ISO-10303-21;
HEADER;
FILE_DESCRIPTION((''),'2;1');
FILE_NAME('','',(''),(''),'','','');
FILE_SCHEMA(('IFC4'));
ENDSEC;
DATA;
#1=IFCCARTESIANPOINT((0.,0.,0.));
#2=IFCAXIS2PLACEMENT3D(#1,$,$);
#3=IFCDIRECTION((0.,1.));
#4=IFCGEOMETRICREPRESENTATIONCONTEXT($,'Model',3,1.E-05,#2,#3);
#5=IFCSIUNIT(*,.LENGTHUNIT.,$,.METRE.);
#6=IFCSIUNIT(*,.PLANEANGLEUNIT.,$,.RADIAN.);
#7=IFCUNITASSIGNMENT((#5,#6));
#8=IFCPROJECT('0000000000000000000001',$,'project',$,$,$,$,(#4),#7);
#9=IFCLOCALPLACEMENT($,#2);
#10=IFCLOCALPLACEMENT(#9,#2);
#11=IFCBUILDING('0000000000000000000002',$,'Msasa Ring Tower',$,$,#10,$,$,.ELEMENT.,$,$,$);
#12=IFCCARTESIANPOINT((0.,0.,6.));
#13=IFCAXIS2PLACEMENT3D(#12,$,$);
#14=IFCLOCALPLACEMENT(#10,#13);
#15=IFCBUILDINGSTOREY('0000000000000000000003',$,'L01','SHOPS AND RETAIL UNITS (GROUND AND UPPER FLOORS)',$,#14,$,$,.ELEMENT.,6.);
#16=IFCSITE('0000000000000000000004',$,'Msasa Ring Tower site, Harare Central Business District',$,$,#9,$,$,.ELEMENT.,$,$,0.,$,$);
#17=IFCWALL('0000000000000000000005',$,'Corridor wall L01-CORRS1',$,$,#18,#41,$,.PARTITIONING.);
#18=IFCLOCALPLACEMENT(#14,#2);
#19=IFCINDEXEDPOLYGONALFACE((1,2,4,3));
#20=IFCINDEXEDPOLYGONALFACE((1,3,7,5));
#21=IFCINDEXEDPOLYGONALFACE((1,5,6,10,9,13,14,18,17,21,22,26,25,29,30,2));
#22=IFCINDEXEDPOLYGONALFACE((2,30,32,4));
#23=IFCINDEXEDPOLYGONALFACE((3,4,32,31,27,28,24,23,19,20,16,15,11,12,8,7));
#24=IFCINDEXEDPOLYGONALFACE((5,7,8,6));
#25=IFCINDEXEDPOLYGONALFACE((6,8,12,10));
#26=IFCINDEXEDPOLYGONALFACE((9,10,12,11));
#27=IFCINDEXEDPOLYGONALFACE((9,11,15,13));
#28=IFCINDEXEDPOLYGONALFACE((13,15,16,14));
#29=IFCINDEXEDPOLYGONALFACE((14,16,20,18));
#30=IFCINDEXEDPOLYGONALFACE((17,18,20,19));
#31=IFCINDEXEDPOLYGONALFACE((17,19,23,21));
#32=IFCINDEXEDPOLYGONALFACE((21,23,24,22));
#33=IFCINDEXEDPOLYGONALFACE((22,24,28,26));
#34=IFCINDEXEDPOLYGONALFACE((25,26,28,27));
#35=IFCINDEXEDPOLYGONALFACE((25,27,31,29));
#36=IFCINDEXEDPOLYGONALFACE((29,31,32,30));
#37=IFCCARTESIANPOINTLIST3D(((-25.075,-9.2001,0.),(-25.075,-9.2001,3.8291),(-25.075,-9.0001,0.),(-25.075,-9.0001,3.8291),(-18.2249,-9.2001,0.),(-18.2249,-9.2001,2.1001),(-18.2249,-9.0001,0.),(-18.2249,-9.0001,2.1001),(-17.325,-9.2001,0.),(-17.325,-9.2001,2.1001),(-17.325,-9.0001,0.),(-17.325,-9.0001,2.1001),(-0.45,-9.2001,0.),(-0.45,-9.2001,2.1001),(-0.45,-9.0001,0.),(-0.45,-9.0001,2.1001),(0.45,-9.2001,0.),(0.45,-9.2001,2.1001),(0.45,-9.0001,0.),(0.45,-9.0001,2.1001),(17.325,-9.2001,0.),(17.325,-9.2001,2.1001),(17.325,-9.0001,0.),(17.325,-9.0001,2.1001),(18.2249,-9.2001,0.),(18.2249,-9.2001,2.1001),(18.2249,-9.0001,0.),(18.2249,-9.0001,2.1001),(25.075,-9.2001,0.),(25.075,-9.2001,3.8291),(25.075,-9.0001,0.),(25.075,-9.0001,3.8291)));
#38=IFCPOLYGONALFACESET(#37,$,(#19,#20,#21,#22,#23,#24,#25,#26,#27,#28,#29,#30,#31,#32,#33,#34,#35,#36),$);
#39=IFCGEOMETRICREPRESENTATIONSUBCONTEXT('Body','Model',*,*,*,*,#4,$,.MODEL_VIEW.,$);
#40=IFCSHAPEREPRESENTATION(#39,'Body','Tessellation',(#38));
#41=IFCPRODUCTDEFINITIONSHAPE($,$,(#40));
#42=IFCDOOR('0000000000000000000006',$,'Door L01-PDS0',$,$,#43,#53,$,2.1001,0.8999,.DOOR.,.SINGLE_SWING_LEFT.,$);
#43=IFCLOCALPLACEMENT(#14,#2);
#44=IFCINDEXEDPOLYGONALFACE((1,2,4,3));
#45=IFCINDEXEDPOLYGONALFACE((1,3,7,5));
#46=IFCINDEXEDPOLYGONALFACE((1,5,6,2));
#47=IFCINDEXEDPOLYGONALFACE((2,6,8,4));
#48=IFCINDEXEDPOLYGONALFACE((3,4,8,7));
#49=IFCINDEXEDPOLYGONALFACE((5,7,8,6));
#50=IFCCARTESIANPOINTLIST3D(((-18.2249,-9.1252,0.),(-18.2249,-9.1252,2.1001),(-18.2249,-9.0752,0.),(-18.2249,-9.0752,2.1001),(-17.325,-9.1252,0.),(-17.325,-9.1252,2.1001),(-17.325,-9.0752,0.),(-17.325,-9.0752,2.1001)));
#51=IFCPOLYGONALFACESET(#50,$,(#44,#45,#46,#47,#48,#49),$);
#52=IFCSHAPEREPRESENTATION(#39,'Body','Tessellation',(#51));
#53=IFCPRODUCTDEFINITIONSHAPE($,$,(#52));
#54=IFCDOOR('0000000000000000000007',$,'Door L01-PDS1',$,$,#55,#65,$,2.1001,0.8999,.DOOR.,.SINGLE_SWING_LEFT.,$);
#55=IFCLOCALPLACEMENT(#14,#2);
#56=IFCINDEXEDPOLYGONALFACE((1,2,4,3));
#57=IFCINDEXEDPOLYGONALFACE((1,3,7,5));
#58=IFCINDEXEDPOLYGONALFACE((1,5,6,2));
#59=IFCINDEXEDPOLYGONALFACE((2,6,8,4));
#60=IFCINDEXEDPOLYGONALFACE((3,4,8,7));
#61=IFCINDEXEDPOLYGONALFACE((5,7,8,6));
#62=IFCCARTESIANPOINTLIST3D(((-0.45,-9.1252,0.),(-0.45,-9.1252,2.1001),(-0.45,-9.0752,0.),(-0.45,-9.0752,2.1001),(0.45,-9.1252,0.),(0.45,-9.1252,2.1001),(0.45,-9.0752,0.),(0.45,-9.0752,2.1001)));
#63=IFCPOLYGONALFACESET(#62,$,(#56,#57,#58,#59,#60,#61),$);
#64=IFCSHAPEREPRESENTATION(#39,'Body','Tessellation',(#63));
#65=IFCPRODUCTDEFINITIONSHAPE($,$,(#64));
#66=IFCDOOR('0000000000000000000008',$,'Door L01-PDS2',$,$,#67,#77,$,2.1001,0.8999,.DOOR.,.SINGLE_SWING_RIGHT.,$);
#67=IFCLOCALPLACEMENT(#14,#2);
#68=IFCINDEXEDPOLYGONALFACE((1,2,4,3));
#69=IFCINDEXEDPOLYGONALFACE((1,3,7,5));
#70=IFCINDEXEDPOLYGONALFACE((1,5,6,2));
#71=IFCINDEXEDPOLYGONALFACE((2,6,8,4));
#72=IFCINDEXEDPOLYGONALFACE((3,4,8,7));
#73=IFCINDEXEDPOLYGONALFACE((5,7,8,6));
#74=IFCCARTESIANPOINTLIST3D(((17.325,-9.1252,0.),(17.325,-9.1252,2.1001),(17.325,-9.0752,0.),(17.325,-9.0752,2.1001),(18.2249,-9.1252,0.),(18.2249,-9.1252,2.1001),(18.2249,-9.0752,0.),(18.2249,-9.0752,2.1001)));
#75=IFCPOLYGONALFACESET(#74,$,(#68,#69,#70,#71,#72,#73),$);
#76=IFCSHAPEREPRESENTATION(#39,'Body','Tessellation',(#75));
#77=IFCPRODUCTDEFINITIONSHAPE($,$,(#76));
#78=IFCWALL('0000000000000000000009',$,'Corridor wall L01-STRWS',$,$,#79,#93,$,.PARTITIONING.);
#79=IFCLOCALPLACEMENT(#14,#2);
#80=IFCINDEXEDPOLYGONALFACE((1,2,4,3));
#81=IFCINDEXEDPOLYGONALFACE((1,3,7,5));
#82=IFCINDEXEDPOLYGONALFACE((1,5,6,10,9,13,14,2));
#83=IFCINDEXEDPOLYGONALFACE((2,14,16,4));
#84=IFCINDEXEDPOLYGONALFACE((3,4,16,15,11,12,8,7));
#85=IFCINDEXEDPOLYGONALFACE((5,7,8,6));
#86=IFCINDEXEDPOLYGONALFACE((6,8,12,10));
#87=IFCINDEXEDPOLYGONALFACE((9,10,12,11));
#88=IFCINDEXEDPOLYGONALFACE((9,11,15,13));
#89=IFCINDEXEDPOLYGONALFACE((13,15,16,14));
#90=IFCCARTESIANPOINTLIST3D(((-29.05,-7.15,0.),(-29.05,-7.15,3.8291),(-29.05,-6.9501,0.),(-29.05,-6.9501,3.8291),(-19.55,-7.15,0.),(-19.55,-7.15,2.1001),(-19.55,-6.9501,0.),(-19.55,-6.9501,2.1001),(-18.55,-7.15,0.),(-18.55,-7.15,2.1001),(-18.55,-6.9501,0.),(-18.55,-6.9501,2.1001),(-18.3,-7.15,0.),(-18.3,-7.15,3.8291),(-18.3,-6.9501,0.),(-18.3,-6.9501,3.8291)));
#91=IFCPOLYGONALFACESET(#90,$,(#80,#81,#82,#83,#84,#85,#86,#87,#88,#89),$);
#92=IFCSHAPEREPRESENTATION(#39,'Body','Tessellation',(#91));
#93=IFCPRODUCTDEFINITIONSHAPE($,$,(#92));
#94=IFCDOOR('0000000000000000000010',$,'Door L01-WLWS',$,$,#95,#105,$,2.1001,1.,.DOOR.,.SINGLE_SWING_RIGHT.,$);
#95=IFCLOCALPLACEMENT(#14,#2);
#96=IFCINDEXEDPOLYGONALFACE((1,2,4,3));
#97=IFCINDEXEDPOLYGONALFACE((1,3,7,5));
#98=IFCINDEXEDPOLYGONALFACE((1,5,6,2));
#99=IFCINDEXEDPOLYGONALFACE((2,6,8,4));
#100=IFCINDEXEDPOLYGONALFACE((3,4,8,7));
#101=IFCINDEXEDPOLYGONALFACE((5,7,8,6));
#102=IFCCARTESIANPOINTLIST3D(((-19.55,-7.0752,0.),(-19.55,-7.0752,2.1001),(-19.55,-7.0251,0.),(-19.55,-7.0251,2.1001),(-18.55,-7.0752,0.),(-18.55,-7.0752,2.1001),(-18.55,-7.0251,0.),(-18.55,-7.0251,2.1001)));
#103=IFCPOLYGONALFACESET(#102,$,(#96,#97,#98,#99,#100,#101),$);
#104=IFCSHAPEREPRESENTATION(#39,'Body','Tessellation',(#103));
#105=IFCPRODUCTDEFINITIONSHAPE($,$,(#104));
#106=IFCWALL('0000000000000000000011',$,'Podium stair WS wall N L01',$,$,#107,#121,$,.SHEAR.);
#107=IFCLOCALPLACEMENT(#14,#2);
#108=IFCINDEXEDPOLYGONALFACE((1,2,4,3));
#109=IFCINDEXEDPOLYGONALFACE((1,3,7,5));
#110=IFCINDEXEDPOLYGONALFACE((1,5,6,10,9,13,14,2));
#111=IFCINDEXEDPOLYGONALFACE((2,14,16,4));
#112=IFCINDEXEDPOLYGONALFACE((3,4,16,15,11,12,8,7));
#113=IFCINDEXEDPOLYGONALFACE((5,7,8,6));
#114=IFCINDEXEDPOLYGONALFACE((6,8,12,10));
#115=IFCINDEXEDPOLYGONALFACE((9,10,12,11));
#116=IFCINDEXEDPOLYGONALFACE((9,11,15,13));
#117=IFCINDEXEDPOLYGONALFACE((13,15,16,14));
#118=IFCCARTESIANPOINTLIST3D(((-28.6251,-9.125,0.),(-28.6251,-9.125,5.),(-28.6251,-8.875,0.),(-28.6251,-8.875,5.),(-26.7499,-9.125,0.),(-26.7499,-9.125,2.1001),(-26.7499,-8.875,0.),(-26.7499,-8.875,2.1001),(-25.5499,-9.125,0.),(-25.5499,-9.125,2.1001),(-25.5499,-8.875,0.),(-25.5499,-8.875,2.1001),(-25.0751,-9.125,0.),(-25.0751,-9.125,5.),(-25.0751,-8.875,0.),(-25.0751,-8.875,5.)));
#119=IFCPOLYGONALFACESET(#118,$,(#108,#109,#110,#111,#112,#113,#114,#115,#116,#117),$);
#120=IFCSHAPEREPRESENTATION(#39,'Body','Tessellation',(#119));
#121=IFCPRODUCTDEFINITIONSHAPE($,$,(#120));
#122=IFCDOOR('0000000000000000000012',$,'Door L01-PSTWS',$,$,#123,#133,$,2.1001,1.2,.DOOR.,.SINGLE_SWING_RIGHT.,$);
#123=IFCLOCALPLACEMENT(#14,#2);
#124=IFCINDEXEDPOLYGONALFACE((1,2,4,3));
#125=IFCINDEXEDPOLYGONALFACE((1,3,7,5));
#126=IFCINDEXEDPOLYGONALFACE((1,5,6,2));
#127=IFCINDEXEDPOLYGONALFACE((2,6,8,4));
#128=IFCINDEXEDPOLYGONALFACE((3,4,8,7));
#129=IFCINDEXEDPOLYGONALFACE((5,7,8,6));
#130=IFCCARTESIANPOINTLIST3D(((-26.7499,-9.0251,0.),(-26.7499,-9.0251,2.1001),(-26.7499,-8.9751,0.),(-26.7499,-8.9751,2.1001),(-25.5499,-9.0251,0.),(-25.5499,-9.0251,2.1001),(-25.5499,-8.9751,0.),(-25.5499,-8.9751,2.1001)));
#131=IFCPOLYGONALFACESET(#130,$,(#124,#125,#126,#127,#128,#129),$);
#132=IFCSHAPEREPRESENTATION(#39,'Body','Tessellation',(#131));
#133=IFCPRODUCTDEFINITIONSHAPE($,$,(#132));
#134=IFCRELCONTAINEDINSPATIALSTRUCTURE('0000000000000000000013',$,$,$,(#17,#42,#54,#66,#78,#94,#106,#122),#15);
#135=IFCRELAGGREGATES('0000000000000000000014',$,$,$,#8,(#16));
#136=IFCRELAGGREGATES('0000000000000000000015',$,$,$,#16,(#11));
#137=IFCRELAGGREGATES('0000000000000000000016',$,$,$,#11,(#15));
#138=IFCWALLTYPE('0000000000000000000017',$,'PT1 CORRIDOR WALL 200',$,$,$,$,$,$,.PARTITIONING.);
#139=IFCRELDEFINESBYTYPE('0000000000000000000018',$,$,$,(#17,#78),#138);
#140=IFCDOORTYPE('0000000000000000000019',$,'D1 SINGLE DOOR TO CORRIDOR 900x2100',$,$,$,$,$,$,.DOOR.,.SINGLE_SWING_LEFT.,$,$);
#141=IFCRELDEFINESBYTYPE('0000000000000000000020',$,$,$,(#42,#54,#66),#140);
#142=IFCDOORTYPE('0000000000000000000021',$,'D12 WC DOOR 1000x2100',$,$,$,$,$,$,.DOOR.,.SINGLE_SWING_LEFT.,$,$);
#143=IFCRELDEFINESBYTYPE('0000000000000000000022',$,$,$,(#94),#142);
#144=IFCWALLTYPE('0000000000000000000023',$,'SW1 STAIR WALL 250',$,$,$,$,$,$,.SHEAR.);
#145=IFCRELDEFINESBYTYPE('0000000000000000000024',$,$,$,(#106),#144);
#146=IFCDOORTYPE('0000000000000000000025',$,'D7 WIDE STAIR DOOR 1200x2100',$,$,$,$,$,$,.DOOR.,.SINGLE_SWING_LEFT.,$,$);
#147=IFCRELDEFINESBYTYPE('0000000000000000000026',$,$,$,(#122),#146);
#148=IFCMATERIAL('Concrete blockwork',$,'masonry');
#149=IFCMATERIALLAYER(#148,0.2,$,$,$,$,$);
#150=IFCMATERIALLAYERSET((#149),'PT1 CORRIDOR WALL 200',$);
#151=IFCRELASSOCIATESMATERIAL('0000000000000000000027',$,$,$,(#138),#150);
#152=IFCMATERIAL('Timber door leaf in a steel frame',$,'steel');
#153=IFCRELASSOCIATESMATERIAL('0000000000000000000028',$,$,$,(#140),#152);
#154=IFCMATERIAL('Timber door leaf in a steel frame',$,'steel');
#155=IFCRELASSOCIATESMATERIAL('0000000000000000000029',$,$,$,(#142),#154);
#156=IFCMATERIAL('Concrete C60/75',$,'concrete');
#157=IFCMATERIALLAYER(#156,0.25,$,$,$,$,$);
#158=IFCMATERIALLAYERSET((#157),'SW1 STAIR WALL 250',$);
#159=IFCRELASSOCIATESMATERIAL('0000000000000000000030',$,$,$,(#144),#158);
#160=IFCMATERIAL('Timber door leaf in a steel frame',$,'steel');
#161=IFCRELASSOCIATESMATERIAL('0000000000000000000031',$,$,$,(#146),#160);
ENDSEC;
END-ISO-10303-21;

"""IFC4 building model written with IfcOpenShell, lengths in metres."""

from ifc_helpers import new_model, si_unit, direction, frame, frame_2d, origin, place, context, subcontext, project, spatial, rectangle, extrude, material, layer, layer_set, type_object, element, fill, save


model = new_model("IFC4")

# Units and contexts
model_context = context("Model", 3, precision=1e-05, world=origin(), true_north=direction((0.0, 1.0)))
body_context = subcontext(model_context, "Body", "Model", "MODEL_VIEW")
ifc_project = project(units=[si_unit("LENGTHUNIT", "METRE"), si_unit("PLANEANGLEUNIT", "RADIAN")], contexts=[model_context])

# Site, building, storey
site_placement = place(None, origin())
site = spatial("IfcSite", under=ifc_project, at=site_placement, Name="Msasa Ring Tower site, Harare Central Business District", CompositionType="ELEMENT", RefElevation=0.0)
building_placement = place(site_placement, origin())
building = spatial("IfcBuilding", under=site, at=building_placement, Name="Msasa Ring Tower", CompositionType="ELEMENT")
storey_placement = place(building_placement, frame((0.0, 0.0, 6.0)))
storey = spatial("IfcBuildingStorey", under=building, at=storey_placement, Name="L01", Description="SHOPS AND RETAIL UNITS (GROUND AND UPPER FLOORS)", CompositionType="ELEMENT", Elevation=6.0)

# Wall, openings, doors
ifc_material_1 = material(Name="Concrete blockwork", Category="masonry")
ifc_layer_1 = layer(ifc_material_1, 0.2)
ifc_layer_set_1 = layer_set([ifc_layer_1], Name="PT1 CORRIDOR WALL 200")
wall_type_1 = type_object("IfcWallType", Name="PT1 CORRIDOR WALL 200", PredefinedType="PARTITIONING", material=ifc_layer_set_1)
wall_1_placement = place(storey_placement, frame((-25.075, -9.1001, 0.0), z_axis=(0.0, 0.0, 1.0), x_axis=(1.0, 0.0, 0.0)))
wall_1 = element("IfcWall", 1, at=wall_1_placement, inside=storey, type_object=wall_type_1, Name="Corridor wall L01-CORRS1", PredefinedType="PARTITIONING", context=body_context, shape_type="SweptSolid", body=[
    extrude(rectangle(XDim=50.1499, YDim=0.2, at=frame_2d((25.075, 0.0))), origin(), (0.0, 0.0, 1.0), 3.8291),
])
opening_1_placement = place(wall_1_placement, frame((6.8501, 0.0, 0.0)))
opening_1 = element("IfcOpeningElement", 2, at=opening_1_placement, cuts=wall_1, PredefinedType="OPENING", context=body_context, shape_type="SweptSolid", body=[
    extrude(rectangle(XDim=0.8999, YDim=2.1001, at=frame_2d((0.45, 1.05))), frame((0.0, 0.1099, 0.0), z_axis=(0.0, -1.0, 0.0), x_axis=(1.0, 0.0, 0.0)), (0.0, 0.0, 1.0), 0.22),
])
opening_2_placement = place(wall_1_placement, frame((24.625, 0.0, 0.0)))
opening_2 = element("IfcOpeningElement", 3, at=opening_2_placement, cuts=wall_1, PredefinedType="OPENING", context=body_context, shape_type="SweptSolid", body=[
    extrude(rectangle(XDim=0.8999, YDim=2.1001, at=frame_2d((0.45, 1.05))), frame((0.0, 0.1099, 0.0), z_axis=(0.0, -1.0, 0.0), x_axis=(1.0, 0.0, 0.0)), (0.0, 0.0, 1.0), 0.22),
])
opening_3_placement = place(wall_1_placement, frame((42.3999, 0.0, 0.0)))
opening_3 = element("IfcOpeningElement", 4, at=opening_3_placement, cuts=wall_1, PredefinedType="OPENING", context=body_context, shape_type="SweptSolid", body=[
    extrude(rectangle(XDim=0.8999, YDim=2.1001, at=frame_2d((0.45, 1.05))), frame((0.0, 0.1099, 0.0), z_axis=(0.0, -1.0, 0.0), x_axis=(1.0, 0.0, 0.0)), (0.0, 0.0, 1.0), 0.22),
])
ifc_material_2 = material(Name="Timber door leaf in a steel frame", Category="steel")
door_type_1 = type_object("IfcDoorType", Name="D1 SINGLE DOOR TO CORRIDOR 900x2100", OperationType="SINGLE_SWING_LEFT", PredefinedType="DOOR", material=ifc_material_2)
door_1_placement = place(opening_1_placement, origin())
door_1 = element("IfcDoor", 5, at=door_1_placement, inside=storey, type_object=door_type_1, Name="Door L01-PDS0", OperationType="SINGLE_SWING_LEFT", OverallHeight=2.1001, OverallWidth=0.8999, PredefinedType="DOOR", context=body_context, shape_type="SweptSolid", body=[
    extrude(rectangle(XDim=0.8999, YDim=2.1001, at=frame_2d((0.45, 1.05))), frame((0.0, 0.0249, 0.0), z_axis=(0.0, -1.0, 0.0), x_axis=(1.0, 0.0, 0.0)), (0.0, 0.0, 1.0), 0.05),
])
fill(opening_1, door_1)
door_2_placement = place(opening_2_placement, origin())
door_2 = element("IfcDoor", 6, at=door_2_placement, inside=storey, type_object=door_type_1, Name="Door L01-PDS1", OperationType="SINGLE_SWING_LEFT", OverallHeight=2.1001, OverallWidth=0.8999, PredefinedType="DOOR", context=body_context, shape_type="SweptSolid", body=[
    extrude(rectangle(XDim=0.8999, YDim=2.1001, at=frame_2d((0.45, 1.05))), frame((0.0, 0.0249, 0.0), z_axis=(0.0, -1.0, 0.0), x_axis=(1.0, 0.0, 0.0)), (0.0, 0.0, 1.0), 0.05),
])
fill(opening_2, door_2)
door_3_placement = place(opening_3_placement, origin())
door_3 = element("IfcDoor", 7, at=door_3_placement, inside=storey, type_object=door_type_1, Name="Door L01-PDS2", OperationType="SINGLE_SWING_RIGHT", OverallHeight=2.1001, OverallWidth=0.8999, PredefinedType="DOOR", context=body_context, shape_type="SweptSolid", body=[
    extrude(rectangle(XDim=0.8999, YDim=2.1001, at=frame_2d((0.45, 1.05))), frame((0.0, 0.0249, 0.0), z_axis=(0.0, -1.0, 0.0), x_axis=(1.0, 0.0, 0.0)), (0.0, 0.0, 1.0), 0.05),
])
fill(opening_3, door_3)

# Walls, openings, doors
wall_2_placement = place(storey_placement, frame((-29.05, -7.05, 0.0), z_axis=(0.0, 0.0, 1.0), x_axis=(1.0, 0.0, 0.0)))
wall_2 = element("IfcWall", 8, at=wall_2_placement, inside=storey, type_object=wall_type_1, Name="Corridor wall L01-STRWS", PredefinedType="PARTITIONING", context=body_context, shape_type="SweptSolid", body=[
    extrude(rectangle(XDim=10.75, YDim=0.2, at=frame_2d((5.375, 0.0))), origin(), (0.0, 0.0, 1.0), 3.8291),
])
opening_4_placement = place(wall_2_placement, frame((9.5, 0.0, 0.0)))
opening_4 = element("IfcOpeningElement", 9, at=opening_4_placement, cuts=wall_2, PredefinedType="OPENING", context=body_context, shape_type="SweptSolid", body=[
    extrude(rectangle(XDim=1.0, YDim=2.1001, at=frame_2d((0.5, 1.05))), frame((0.0, 0.1099, 0.0), z_axis=(0.0, -1.0, 0.0), x_axis=(1.0, 0.0, 0.0)), (0.0, 0.0, 1.0), 0.22),
])
ifc_material_3 = material(Name="Timber door leaf in a steel frame", Category="steel")
door_type_2 = type_object("IfcDoorType", Name="D12 WC DOOR 1000x2100", OperationType="SINGLE_SWING_LEFT", PredefinedType="DOOR", material=ifc_material_3)
door_4_placement = place(opening_4_placement, origin())
door_4 = element("IfcDoor", 10, at=door_4_placement, inside=storey, type_object=door_type_2, Name="Door L01-WLWS", OperationType="SINGLE_SWING_RIGHT", OverallHeight=2.1001, OverallWidth=1.0, PredefinedType="DOOR", context=body_context, shape_type="SweptSolid", body=[
    extrude(rectangle(XDim=1.0, YDim=2.1001, at=frame_2d((0.5, 1.05))), frame((0.0, 0.0249, 0.0), z_axis=(0.0, -1.0, 0.0), x_axis=(1.0, 0.0, 0.0)), (0.0, 0.0, 1.0), 0.05),
])
fill(opening_4, door_4)
ifc_material_4 = material(Name="Concrete C60/75", Category="concrete")
ifc_layer_2 = layer(ifc_material_4, 0.25)
ifc_layer_set_2 = layer_set([ifc_layer_2], Name="SW1 STAIR WALL 250")
wall_type_2 = type_object("IfcWallType", Name="SW1 STAIR WALL 250", PredefinedType="SHEAR", material=ifc_layer_set_2)
wall_3_placement = place(storey_placement, frame((-28.625, -9.0, 0.0), z_axis=(0.0, 0.0, 1.0), x_axis=(1.0, 0.0, 0.0)))
wall_3 = element("IfcWall", 11, at=wall_3_placement, inside=storey, type_object=wall_type_2, Name="Podium stair WS wall N L01", PredefinedType="SHEAR", context=body_context, shape_type="SweptSolid", body=[
    extrude(rectangle(XDim=3.55, YDim=0.25, at=frame_2d((1.7749, 0.0))), origin(), (0.0, 0.0, 1.0), 5.0),
])
opening_5_placement = place(wall_3_placement, frame((1.875, 0.0, 0.0)))
opening_5 = element("IfcOpeningElement", 12, at=opening_5_placement, cuts=wall_3, PredefinedType="OPENING", context=body_context, shape_type="SweptSolid", body=[
    extrude(rectangle(XDim=1.2, YDim=2.1001, at=frame_2d((0.6001, 1.05))), frame((0.0, 0.135, 0.0), z_axis=(0.0, -1.0, 0.0), x_axis=(1.0, 0.0, 0.0)), (0.0, 0.0, 1.0), 0.27),
])
ifc_material_5 = material(Name="Timber door leaf in a steel frame", Category="steel")
door_type_3 = type_object("IfcDoorType", Name="D7 WIDE STAIR DOOR 1200x2100", OperationType="SINGLE_SWING_LEFT", PredefinedType="DOOR", material=ifc_material_5)
door_5_placement = place(opening_5_placement, origin())
door_5 = element("IfcDoor", 13, at=door_5_placement, inside=storey, type_object=door_type_3, Name="Door L01-PSTWS", OperationType="SINGLE_SWING_RIGHT", OverallHeight=2.1001, OverallWidth=1.2, PredefinedType="DOOR", context=body_context, shape_type="SweptSolid", body=[
    extrude(rectangle(XDim=1.2, YDim=2.1001, at=frame_2d((0.6001, 1.05))), frame((0.0, 0.0249, 0.0), z_axis=(0.0, -1.0, 0.0), x_axis=(1.0, 0.0, 0.0)), (0.0, 0.0, 1.0), 0.05),
])
fill(opening_5, door_5)

save(model, "model.ifc")
